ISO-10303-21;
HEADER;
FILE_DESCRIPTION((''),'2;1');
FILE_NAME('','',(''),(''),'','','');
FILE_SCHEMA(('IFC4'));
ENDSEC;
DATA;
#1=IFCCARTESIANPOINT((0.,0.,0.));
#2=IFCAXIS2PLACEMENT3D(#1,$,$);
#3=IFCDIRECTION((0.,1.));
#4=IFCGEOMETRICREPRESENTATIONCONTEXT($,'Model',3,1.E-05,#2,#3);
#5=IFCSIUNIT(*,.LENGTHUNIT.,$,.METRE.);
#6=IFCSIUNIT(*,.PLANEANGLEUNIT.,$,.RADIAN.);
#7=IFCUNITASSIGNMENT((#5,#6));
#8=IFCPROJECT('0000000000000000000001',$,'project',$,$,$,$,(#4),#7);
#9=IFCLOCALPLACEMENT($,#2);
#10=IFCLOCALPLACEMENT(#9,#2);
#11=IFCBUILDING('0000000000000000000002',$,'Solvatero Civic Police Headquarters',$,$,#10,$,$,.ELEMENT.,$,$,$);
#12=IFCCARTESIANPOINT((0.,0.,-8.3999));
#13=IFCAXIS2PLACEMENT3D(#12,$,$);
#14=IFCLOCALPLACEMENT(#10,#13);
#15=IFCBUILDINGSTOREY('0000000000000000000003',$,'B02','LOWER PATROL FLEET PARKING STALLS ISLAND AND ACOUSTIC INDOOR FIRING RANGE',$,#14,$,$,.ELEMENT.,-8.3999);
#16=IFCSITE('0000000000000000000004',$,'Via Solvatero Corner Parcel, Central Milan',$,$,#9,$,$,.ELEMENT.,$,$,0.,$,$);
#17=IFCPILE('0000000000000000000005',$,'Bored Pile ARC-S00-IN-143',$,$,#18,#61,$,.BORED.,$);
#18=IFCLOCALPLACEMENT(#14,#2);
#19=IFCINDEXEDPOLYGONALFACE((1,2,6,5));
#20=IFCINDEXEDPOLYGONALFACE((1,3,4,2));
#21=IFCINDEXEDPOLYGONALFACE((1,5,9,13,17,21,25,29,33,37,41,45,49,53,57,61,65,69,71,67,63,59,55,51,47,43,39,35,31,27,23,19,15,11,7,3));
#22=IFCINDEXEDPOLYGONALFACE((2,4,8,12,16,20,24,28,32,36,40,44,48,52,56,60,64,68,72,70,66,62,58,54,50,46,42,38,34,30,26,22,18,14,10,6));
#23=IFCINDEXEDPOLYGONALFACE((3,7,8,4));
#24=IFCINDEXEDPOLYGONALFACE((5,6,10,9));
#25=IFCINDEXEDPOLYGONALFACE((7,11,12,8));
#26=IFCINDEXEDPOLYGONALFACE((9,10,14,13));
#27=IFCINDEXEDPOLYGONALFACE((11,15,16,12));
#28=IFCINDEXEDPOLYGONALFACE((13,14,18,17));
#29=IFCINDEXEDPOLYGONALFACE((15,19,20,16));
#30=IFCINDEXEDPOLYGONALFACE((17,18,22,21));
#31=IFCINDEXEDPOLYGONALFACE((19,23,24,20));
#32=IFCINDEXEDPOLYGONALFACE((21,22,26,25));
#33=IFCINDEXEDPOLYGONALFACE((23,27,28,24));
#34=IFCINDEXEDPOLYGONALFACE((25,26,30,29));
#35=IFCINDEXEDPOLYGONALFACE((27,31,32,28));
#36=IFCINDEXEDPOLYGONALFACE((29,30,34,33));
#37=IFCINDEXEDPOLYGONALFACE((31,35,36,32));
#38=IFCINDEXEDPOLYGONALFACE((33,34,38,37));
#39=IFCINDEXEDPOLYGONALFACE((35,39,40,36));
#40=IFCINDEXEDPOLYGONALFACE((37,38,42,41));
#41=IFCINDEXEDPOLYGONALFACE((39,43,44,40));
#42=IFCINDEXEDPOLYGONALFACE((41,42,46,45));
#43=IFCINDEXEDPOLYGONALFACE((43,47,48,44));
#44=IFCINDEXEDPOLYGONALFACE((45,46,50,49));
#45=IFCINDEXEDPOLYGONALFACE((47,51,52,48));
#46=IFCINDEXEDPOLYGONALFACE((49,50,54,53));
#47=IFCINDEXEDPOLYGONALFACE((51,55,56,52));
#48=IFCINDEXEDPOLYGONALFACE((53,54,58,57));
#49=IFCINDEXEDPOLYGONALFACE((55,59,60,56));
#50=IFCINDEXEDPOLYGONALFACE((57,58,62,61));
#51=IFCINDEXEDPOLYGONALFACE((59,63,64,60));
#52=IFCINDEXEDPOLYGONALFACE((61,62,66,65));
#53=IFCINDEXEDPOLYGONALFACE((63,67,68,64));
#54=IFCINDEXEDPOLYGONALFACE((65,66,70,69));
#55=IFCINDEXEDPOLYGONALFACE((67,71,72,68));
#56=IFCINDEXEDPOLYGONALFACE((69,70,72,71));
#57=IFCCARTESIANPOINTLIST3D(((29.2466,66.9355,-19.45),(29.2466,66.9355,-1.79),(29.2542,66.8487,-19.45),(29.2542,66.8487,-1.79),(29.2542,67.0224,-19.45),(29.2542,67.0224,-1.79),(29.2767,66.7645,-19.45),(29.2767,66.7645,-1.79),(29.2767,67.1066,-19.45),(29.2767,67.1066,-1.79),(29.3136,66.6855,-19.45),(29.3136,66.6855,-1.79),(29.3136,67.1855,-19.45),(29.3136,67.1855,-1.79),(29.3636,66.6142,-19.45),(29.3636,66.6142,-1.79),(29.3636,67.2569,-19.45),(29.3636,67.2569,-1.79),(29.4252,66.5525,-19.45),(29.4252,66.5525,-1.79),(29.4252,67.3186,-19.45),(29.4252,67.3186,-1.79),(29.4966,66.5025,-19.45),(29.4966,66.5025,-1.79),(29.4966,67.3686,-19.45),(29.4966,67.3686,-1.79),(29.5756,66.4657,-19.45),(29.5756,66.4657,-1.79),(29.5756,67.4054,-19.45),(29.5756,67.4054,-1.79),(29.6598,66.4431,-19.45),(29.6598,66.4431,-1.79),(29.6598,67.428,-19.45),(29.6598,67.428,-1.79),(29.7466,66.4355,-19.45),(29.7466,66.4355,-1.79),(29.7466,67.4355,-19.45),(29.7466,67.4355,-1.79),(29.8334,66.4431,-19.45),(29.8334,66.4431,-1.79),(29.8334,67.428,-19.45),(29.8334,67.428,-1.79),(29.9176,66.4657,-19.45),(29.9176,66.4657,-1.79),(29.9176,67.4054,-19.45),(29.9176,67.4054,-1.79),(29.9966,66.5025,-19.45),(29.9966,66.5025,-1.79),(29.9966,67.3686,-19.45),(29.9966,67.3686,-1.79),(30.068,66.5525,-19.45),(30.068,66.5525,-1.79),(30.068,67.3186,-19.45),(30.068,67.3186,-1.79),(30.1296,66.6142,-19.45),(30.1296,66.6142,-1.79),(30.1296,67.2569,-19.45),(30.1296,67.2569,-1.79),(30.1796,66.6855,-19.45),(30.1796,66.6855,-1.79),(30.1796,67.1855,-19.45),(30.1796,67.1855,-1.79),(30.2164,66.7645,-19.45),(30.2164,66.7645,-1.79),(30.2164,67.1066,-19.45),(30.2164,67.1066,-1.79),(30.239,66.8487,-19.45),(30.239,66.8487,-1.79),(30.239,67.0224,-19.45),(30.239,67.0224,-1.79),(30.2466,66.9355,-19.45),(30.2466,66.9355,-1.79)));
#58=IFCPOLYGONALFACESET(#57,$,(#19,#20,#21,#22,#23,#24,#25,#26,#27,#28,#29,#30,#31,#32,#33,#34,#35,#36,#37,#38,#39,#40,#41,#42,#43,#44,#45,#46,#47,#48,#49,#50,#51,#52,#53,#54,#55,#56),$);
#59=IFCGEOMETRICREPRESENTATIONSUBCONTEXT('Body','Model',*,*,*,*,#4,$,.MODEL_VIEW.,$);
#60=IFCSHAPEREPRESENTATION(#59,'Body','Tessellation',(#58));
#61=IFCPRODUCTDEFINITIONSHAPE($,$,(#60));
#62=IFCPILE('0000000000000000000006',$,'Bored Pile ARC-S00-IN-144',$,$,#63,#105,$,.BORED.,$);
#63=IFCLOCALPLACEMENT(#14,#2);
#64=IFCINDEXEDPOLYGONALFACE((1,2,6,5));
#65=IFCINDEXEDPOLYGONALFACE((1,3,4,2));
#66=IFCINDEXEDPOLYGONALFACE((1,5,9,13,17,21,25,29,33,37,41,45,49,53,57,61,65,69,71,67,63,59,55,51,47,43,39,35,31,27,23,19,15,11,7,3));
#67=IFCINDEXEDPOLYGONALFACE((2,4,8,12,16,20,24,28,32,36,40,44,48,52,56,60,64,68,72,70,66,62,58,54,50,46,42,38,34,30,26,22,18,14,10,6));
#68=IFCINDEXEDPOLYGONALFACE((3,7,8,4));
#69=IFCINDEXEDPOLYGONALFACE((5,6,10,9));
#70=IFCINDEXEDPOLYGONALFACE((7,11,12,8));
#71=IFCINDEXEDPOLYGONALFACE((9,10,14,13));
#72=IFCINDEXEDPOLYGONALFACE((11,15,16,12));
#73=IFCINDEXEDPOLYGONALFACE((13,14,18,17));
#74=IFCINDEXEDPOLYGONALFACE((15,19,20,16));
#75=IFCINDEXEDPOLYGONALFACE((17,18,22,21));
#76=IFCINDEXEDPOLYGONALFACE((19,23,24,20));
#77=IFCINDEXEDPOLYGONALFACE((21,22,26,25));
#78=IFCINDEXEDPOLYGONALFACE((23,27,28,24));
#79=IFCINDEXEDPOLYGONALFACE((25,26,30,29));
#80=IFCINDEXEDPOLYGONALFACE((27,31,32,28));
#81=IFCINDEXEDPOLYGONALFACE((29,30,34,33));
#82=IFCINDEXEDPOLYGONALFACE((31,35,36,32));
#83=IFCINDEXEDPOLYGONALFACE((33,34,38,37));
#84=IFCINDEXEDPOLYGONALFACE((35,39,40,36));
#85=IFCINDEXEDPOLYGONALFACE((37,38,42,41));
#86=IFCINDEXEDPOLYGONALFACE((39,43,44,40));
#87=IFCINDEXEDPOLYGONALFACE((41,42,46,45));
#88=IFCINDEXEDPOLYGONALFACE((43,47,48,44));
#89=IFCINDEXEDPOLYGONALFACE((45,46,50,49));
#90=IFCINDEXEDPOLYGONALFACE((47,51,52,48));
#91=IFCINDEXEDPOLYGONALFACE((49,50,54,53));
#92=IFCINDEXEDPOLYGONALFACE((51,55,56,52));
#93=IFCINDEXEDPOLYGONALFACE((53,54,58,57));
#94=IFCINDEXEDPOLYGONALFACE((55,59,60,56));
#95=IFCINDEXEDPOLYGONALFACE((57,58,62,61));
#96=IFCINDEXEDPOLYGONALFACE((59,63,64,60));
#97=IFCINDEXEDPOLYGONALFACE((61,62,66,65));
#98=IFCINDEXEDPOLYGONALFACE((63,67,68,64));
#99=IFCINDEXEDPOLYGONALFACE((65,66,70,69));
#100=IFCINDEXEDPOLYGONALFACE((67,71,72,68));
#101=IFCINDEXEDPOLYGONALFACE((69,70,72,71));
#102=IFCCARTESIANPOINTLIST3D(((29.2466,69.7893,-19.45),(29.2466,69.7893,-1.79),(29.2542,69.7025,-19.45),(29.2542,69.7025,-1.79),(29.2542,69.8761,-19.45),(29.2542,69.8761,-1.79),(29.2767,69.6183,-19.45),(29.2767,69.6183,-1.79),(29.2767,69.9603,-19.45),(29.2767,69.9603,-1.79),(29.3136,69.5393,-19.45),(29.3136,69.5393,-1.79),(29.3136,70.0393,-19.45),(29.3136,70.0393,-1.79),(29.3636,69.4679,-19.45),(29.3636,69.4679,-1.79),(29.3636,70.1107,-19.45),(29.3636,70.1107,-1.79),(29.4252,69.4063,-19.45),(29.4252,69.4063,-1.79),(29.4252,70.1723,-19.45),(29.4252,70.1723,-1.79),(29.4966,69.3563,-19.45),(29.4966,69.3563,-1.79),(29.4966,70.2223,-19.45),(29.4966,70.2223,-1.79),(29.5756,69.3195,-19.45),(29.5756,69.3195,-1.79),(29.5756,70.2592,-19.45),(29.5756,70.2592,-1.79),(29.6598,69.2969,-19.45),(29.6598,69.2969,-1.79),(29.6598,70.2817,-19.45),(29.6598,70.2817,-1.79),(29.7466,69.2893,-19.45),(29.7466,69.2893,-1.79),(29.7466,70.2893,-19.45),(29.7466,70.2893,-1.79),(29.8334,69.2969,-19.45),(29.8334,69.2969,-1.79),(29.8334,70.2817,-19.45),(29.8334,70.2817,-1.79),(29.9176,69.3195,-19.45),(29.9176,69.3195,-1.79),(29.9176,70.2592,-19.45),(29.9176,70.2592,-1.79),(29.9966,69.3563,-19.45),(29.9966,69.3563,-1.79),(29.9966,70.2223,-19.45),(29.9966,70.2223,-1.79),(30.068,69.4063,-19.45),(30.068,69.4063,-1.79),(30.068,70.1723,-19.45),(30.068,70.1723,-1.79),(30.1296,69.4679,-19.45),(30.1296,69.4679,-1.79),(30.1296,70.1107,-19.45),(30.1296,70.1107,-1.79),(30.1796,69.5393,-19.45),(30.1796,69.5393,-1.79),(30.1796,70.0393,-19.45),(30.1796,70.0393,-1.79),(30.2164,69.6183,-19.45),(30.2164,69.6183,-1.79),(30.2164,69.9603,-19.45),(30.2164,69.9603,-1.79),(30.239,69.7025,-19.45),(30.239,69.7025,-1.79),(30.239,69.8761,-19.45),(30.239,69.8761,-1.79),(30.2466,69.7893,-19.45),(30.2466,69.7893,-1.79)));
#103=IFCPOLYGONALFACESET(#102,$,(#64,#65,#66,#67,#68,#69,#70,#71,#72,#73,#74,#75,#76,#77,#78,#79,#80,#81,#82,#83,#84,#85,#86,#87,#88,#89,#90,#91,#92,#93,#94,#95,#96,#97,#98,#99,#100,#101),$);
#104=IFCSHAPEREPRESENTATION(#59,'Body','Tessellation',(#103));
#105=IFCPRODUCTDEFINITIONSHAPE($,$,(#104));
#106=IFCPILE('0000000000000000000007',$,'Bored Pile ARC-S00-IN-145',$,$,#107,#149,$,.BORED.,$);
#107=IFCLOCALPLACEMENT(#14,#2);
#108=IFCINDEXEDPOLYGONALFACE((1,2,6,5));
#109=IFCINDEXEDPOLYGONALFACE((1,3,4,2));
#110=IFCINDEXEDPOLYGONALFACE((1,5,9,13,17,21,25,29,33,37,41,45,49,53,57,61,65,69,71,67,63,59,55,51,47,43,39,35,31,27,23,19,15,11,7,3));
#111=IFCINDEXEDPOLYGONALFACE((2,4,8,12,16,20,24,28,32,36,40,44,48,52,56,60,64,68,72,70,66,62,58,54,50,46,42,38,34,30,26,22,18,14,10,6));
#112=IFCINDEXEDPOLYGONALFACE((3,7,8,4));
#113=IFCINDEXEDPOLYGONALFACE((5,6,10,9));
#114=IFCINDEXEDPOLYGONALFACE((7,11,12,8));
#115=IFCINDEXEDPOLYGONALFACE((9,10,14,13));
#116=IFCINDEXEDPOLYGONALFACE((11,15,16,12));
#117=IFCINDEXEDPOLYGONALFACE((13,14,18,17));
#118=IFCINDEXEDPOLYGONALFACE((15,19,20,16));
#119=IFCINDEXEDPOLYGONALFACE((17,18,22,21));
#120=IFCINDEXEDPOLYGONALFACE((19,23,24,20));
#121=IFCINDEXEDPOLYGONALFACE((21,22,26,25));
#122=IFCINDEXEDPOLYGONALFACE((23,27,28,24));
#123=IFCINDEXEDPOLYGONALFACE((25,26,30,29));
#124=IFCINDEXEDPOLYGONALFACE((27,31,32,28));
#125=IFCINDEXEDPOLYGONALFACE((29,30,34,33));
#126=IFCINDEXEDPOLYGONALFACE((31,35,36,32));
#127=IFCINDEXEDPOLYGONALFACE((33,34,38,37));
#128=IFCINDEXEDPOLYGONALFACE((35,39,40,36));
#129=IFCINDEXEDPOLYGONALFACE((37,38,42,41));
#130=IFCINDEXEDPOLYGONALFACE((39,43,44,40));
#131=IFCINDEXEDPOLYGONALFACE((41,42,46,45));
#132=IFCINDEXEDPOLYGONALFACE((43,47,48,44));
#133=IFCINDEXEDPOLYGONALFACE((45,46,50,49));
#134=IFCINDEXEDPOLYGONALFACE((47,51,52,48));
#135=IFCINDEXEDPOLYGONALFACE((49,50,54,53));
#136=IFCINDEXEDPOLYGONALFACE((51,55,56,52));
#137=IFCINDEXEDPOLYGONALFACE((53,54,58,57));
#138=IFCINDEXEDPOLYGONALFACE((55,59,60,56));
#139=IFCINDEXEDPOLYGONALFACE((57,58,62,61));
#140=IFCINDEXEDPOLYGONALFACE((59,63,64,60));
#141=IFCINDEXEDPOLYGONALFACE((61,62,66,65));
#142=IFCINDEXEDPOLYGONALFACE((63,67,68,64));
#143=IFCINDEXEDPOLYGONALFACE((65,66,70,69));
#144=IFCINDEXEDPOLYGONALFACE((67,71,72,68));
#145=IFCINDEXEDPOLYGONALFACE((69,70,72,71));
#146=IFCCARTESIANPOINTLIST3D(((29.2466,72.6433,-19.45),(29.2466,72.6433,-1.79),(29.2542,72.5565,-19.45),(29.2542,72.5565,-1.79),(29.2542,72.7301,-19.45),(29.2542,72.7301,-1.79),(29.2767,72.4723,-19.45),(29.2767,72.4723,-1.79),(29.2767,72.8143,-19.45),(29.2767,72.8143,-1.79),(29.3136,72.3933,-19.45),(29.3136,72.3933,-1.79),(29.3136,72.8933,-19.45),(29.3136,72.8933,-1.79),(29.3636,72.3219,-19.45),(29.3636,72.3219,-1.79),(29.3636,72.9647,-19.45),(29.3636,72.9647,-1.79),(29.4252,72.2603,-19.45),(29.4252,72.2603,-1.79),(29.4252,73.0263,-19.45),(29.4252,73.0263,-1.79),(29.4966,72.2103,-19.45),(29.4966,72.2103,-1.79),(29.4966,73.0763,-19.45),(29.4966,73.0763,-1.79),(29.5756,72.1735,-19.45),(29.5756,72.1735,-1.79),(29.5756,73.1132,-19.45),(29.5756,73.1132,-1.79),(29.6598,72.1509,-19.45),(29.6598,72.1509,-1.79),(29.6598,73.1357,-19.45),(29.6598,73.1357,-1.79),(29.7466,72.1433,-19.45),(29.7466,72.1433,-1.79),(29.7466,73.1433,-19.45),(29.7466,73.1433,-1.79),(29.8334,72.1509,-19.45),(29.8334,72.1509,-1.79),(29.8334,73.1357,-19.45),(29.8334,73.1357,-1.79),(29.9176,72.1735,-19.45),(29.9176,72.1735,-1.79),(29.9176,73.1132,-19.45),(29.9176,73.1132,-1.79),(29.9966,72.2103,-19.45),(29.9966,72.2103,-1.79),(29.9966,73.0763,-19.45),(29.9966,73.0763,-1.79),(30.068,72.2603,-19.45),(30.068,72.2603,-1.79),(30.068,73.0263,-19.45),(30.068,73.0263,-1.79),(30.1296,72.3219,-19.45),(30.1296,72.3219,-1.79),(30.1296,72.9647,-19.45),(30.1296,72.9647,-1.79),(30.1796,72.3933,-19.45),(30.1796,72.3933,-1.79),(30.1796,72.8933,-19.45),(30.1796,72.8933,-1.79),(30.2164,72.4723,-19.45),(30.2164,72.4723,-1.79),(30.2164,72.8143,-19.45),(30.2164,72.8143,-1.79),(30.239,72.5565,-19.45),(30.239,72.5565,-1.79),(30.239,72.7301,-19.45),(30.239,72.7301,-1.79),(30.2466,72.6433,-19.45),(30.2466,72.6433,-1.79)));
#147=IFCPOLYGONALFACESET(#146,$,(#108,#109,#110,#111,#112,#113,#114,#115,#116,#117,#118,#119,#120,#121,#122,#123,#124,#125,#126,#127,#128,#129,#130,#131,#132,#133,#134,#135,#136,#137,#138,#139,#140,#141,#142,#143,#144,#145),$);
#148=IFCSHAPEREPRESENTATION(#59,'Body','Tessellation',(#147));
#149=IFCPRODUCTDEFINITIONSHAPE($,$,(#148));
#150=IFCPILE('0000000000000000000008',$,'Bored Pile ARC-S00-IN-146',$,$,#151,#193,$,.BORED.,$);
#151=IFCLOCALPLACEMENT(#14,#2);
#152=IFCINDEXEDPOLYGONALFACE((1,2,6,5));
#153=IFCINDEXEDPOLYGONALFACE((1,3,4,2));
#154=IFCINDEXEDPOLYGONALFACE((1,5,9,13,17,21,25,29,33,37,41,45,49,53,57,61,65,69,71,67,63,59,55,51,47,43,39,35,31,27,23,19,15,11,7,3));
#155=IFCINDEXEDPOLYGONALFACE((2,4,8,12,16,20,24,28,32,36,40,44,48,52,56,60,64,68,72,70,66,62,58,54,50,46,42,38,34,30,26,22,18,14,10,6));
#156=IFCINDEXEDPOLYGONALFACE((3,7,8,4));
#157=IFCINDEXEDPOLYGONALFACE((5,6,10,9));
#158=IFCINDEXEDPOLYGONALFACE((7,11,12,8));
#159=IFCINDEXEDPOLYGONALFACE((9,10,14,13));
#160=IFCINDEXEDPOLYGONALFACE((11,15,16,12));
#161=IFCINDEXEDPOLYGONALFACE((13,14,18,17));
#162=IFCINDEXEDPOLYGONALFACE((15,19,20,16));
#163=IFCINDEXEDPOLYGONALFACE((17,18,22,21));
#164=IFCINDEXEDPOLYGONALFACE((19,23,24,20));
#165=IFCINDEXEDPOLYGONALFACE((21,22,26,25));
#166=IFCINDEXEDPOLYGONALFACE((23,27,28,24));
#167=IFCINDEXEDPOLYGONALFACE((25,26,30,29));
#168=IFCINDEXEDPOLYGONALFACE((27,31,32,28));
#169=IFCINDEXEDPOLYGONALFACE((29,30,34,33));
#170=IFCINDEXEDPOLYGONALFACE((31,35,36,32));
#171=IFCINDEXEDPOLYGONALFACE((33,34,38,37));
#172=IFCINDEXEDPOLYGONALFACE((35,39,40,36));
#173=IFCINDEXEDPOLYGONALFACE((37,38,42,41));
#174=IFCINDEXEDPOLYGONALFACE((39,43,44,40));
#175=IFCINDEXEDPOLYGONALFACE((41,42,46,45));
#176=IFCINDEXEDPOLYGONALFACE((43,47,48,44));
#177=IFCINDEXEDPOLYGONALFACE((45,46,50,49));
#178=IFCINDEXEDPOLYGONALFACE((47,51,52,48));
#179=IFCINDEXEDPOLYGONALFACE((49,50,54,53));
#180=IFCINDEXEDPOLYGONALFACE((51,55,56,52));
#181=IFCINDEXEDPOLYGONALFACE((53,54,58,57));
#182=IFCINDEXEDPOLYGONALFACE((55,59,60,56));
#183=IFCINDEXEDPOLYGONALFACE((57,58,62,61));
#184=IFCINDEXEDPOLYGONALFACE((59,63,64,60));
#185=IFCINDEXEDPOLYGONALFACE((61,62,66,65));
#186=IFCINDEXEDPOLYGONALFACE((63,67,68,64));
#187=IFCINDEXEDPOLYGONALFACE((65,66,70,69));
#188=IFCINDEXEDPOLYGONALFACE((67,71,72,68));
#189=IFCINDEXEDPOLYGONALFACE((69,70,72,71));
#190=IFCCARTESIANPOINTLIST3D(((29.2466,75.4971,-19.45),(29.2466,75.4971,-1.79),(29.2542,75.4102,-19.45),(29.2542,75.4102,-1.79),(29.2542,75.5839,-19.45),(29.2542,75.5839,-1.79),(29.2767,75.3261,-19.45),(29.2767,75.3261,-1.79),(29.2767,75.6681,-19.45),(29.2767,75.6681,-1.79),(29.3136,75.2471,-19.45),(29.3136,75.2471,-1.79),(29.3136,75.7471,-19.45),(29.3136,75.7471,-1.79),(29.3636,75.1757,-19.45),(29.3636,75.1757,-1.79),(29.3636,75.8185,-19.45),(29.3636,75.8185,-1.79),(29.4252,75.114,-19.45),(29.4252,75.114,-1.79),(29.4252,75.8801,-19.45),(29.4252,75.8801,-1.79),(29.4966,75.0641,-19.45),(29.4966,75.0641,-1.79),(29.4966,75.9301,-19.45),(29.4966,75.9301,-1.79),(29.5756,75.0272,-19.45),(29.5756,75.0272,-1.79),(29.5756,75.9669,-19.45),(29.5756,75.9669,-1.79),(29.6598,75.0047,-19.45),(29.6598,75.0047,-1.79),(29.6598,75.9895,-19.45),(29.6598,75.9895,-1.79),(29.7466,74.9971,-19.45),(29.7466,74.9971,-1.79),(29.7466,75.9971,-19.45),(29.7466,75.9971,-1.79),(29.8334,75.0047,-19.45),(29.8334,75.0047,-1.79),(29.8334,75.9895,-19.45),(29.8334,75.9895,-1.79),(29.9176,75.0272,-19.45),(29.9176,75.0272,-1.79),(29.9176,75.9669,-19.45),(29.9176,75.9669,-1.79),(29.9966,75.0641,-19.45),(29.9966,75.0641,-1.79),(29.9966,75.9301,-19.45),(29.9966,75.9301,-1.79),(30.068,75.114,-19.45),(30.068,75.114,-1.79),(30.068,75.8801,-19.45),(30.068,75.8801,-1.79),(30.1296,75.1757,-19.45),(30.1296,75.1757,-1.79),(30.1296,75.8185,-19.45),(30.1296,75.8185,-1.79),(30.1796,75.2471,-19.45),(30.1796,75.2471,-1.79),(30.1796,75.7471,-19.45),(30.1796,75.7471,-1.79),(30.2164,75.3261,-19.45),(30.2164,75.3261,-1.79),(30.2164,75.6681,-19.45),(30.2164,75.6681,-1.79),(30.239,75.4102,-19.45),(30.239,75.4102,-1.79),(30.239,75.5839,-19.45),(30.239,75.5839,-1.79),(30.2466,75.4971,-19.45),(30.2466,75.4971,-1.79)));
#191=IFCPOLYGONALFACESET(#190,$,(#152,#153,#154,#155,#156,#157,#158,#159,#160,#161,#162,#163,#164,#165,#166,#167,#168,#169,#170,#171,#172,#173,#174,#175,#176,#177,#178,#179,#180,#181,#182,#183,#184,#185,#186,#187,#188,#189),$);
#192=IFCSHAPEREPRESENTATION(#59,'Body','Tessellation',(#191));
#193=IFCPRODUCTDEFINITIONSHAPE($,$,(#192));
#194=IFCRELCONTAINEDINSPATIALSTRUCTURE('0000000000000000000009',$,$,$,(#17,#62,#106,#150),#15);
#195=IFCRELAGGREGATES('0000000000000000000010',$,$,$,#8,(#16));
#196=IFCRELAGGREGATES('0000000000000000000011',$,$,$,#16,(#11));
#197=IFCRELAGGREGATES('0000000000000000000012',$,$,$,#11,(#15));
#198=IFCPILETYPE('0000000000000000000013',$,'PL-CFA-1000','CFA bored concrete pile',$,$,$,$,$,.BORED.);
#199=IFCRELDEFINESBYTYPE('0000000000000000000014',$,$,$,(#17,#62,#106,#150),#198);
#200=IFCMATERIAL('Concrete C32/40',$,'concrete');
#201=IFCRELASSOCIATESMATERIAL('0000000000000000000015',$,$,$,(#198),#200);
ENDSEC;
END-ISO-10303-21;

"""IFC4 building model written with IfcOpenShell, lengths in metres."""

from ifc_helpers import new_model, si_unit, direction, frame, origin, origin_2d, place, context, subcontext, project, spatial, circle, extrude, material, material_profile, profile_set, type_object, element, save


model = new_model("IFC4")

# Units and contexts
model_context = context("Model", 3, precision=1e-05, world=origin(), true_north=direction((0.0, 1.0)))
body_context = subcontext(model_context, "Body", "Model", "MODEL_VIEW")
ifc_project = project(units=[si_unit("LENGTHUNIT", "METRE"), si_unit("PLANEANGLEUNIT", "RADIAN")], contexts=[model_context])

# Site, building, storey
site_placement = place(None, origin())
site = spatial("IfcSite", under=ifc_project, at=site_placement, Name="Via Solvatero Corner Parcel, Central Milan", CompositionType="ELEMENT", RefElevation=0.0)
building_placement = place(site_placement, origin())
building = spatial("IfcBuilding", under=site, at=building_placement, Name="Solvatero Civic Police Headquarters", CompositionType="ELEMENT")
storey_placement = place(building_placement, frame((0.0, 0.0, -8.3999)))
storey = spatial("IfcBuildingStorey", under=building, at=storey_placement, Name="B02", Description="LOWER PATROL FLEET PARKING STALLS ISLAND AND ACOUSTIC INDOOR FIRING RANGE", CompositionType="ELEMENT", Elevation=-8.3999)

# Piles
ifc_material_1 = material(Name="Concrete C32/40", Category="concrete")
ifc_material_profile_1 = material_profile(ifc_material_1, circle(Radius=0.5, at=origin_2d()), Name="CFA PILE D1000")
ifc_profile_set_1 = profile_set([ifc_material_profile_1], Name="Concrete C32/40")
pile_type = type_object("IfcPileType", Name="PL-CFA-1000", Description="CFA bored concrete pile", PredefinedType="BORED", material=ifc_profile_set_1)
for number, where, z_axis, x_axis, name in (
    (1, (29.7466, 66.9355, -1.79), (0.0, 0.0, -1.0), (1.0, 0.0, 0.0), "Bored Pile ARC-S00-IN-143"),
    (2, (29.7466, 69.7893, -1.79), (0.0, 0.0, -1.0), (1.0, 0.0, 0.0), "Bored Pile ARC-S00-IN-144"),
    (3, (29.7466, 72.6433, -1.79), (0.0, 0.0, -1.0), (1.0, 0.0, 0.0), "Bored Pile ARC-S00-IN-145"),
    (4, (29.7466, 75.4971, -1.79), (0.0, 0.0, -1.0), (1.0, 0.0, 0.0), "Bored Pile ARC-S00-IN-146"),
):
    element("IfcPile", number, at=place(storey_placement, frame(where, z_axis=z_axis, x_axis=x_axis)), inside=storey, type_object=pile_type, Name=name, PredefinedType="BORED", context=body_context, shape_type="SweptSolid", body=[
        extrude(circle(Radius=0.5, at=origin_2d()), origin(), (0.0, 0.0, 1.0), 17.6599),
    ])

save(model, "model.ifc")
